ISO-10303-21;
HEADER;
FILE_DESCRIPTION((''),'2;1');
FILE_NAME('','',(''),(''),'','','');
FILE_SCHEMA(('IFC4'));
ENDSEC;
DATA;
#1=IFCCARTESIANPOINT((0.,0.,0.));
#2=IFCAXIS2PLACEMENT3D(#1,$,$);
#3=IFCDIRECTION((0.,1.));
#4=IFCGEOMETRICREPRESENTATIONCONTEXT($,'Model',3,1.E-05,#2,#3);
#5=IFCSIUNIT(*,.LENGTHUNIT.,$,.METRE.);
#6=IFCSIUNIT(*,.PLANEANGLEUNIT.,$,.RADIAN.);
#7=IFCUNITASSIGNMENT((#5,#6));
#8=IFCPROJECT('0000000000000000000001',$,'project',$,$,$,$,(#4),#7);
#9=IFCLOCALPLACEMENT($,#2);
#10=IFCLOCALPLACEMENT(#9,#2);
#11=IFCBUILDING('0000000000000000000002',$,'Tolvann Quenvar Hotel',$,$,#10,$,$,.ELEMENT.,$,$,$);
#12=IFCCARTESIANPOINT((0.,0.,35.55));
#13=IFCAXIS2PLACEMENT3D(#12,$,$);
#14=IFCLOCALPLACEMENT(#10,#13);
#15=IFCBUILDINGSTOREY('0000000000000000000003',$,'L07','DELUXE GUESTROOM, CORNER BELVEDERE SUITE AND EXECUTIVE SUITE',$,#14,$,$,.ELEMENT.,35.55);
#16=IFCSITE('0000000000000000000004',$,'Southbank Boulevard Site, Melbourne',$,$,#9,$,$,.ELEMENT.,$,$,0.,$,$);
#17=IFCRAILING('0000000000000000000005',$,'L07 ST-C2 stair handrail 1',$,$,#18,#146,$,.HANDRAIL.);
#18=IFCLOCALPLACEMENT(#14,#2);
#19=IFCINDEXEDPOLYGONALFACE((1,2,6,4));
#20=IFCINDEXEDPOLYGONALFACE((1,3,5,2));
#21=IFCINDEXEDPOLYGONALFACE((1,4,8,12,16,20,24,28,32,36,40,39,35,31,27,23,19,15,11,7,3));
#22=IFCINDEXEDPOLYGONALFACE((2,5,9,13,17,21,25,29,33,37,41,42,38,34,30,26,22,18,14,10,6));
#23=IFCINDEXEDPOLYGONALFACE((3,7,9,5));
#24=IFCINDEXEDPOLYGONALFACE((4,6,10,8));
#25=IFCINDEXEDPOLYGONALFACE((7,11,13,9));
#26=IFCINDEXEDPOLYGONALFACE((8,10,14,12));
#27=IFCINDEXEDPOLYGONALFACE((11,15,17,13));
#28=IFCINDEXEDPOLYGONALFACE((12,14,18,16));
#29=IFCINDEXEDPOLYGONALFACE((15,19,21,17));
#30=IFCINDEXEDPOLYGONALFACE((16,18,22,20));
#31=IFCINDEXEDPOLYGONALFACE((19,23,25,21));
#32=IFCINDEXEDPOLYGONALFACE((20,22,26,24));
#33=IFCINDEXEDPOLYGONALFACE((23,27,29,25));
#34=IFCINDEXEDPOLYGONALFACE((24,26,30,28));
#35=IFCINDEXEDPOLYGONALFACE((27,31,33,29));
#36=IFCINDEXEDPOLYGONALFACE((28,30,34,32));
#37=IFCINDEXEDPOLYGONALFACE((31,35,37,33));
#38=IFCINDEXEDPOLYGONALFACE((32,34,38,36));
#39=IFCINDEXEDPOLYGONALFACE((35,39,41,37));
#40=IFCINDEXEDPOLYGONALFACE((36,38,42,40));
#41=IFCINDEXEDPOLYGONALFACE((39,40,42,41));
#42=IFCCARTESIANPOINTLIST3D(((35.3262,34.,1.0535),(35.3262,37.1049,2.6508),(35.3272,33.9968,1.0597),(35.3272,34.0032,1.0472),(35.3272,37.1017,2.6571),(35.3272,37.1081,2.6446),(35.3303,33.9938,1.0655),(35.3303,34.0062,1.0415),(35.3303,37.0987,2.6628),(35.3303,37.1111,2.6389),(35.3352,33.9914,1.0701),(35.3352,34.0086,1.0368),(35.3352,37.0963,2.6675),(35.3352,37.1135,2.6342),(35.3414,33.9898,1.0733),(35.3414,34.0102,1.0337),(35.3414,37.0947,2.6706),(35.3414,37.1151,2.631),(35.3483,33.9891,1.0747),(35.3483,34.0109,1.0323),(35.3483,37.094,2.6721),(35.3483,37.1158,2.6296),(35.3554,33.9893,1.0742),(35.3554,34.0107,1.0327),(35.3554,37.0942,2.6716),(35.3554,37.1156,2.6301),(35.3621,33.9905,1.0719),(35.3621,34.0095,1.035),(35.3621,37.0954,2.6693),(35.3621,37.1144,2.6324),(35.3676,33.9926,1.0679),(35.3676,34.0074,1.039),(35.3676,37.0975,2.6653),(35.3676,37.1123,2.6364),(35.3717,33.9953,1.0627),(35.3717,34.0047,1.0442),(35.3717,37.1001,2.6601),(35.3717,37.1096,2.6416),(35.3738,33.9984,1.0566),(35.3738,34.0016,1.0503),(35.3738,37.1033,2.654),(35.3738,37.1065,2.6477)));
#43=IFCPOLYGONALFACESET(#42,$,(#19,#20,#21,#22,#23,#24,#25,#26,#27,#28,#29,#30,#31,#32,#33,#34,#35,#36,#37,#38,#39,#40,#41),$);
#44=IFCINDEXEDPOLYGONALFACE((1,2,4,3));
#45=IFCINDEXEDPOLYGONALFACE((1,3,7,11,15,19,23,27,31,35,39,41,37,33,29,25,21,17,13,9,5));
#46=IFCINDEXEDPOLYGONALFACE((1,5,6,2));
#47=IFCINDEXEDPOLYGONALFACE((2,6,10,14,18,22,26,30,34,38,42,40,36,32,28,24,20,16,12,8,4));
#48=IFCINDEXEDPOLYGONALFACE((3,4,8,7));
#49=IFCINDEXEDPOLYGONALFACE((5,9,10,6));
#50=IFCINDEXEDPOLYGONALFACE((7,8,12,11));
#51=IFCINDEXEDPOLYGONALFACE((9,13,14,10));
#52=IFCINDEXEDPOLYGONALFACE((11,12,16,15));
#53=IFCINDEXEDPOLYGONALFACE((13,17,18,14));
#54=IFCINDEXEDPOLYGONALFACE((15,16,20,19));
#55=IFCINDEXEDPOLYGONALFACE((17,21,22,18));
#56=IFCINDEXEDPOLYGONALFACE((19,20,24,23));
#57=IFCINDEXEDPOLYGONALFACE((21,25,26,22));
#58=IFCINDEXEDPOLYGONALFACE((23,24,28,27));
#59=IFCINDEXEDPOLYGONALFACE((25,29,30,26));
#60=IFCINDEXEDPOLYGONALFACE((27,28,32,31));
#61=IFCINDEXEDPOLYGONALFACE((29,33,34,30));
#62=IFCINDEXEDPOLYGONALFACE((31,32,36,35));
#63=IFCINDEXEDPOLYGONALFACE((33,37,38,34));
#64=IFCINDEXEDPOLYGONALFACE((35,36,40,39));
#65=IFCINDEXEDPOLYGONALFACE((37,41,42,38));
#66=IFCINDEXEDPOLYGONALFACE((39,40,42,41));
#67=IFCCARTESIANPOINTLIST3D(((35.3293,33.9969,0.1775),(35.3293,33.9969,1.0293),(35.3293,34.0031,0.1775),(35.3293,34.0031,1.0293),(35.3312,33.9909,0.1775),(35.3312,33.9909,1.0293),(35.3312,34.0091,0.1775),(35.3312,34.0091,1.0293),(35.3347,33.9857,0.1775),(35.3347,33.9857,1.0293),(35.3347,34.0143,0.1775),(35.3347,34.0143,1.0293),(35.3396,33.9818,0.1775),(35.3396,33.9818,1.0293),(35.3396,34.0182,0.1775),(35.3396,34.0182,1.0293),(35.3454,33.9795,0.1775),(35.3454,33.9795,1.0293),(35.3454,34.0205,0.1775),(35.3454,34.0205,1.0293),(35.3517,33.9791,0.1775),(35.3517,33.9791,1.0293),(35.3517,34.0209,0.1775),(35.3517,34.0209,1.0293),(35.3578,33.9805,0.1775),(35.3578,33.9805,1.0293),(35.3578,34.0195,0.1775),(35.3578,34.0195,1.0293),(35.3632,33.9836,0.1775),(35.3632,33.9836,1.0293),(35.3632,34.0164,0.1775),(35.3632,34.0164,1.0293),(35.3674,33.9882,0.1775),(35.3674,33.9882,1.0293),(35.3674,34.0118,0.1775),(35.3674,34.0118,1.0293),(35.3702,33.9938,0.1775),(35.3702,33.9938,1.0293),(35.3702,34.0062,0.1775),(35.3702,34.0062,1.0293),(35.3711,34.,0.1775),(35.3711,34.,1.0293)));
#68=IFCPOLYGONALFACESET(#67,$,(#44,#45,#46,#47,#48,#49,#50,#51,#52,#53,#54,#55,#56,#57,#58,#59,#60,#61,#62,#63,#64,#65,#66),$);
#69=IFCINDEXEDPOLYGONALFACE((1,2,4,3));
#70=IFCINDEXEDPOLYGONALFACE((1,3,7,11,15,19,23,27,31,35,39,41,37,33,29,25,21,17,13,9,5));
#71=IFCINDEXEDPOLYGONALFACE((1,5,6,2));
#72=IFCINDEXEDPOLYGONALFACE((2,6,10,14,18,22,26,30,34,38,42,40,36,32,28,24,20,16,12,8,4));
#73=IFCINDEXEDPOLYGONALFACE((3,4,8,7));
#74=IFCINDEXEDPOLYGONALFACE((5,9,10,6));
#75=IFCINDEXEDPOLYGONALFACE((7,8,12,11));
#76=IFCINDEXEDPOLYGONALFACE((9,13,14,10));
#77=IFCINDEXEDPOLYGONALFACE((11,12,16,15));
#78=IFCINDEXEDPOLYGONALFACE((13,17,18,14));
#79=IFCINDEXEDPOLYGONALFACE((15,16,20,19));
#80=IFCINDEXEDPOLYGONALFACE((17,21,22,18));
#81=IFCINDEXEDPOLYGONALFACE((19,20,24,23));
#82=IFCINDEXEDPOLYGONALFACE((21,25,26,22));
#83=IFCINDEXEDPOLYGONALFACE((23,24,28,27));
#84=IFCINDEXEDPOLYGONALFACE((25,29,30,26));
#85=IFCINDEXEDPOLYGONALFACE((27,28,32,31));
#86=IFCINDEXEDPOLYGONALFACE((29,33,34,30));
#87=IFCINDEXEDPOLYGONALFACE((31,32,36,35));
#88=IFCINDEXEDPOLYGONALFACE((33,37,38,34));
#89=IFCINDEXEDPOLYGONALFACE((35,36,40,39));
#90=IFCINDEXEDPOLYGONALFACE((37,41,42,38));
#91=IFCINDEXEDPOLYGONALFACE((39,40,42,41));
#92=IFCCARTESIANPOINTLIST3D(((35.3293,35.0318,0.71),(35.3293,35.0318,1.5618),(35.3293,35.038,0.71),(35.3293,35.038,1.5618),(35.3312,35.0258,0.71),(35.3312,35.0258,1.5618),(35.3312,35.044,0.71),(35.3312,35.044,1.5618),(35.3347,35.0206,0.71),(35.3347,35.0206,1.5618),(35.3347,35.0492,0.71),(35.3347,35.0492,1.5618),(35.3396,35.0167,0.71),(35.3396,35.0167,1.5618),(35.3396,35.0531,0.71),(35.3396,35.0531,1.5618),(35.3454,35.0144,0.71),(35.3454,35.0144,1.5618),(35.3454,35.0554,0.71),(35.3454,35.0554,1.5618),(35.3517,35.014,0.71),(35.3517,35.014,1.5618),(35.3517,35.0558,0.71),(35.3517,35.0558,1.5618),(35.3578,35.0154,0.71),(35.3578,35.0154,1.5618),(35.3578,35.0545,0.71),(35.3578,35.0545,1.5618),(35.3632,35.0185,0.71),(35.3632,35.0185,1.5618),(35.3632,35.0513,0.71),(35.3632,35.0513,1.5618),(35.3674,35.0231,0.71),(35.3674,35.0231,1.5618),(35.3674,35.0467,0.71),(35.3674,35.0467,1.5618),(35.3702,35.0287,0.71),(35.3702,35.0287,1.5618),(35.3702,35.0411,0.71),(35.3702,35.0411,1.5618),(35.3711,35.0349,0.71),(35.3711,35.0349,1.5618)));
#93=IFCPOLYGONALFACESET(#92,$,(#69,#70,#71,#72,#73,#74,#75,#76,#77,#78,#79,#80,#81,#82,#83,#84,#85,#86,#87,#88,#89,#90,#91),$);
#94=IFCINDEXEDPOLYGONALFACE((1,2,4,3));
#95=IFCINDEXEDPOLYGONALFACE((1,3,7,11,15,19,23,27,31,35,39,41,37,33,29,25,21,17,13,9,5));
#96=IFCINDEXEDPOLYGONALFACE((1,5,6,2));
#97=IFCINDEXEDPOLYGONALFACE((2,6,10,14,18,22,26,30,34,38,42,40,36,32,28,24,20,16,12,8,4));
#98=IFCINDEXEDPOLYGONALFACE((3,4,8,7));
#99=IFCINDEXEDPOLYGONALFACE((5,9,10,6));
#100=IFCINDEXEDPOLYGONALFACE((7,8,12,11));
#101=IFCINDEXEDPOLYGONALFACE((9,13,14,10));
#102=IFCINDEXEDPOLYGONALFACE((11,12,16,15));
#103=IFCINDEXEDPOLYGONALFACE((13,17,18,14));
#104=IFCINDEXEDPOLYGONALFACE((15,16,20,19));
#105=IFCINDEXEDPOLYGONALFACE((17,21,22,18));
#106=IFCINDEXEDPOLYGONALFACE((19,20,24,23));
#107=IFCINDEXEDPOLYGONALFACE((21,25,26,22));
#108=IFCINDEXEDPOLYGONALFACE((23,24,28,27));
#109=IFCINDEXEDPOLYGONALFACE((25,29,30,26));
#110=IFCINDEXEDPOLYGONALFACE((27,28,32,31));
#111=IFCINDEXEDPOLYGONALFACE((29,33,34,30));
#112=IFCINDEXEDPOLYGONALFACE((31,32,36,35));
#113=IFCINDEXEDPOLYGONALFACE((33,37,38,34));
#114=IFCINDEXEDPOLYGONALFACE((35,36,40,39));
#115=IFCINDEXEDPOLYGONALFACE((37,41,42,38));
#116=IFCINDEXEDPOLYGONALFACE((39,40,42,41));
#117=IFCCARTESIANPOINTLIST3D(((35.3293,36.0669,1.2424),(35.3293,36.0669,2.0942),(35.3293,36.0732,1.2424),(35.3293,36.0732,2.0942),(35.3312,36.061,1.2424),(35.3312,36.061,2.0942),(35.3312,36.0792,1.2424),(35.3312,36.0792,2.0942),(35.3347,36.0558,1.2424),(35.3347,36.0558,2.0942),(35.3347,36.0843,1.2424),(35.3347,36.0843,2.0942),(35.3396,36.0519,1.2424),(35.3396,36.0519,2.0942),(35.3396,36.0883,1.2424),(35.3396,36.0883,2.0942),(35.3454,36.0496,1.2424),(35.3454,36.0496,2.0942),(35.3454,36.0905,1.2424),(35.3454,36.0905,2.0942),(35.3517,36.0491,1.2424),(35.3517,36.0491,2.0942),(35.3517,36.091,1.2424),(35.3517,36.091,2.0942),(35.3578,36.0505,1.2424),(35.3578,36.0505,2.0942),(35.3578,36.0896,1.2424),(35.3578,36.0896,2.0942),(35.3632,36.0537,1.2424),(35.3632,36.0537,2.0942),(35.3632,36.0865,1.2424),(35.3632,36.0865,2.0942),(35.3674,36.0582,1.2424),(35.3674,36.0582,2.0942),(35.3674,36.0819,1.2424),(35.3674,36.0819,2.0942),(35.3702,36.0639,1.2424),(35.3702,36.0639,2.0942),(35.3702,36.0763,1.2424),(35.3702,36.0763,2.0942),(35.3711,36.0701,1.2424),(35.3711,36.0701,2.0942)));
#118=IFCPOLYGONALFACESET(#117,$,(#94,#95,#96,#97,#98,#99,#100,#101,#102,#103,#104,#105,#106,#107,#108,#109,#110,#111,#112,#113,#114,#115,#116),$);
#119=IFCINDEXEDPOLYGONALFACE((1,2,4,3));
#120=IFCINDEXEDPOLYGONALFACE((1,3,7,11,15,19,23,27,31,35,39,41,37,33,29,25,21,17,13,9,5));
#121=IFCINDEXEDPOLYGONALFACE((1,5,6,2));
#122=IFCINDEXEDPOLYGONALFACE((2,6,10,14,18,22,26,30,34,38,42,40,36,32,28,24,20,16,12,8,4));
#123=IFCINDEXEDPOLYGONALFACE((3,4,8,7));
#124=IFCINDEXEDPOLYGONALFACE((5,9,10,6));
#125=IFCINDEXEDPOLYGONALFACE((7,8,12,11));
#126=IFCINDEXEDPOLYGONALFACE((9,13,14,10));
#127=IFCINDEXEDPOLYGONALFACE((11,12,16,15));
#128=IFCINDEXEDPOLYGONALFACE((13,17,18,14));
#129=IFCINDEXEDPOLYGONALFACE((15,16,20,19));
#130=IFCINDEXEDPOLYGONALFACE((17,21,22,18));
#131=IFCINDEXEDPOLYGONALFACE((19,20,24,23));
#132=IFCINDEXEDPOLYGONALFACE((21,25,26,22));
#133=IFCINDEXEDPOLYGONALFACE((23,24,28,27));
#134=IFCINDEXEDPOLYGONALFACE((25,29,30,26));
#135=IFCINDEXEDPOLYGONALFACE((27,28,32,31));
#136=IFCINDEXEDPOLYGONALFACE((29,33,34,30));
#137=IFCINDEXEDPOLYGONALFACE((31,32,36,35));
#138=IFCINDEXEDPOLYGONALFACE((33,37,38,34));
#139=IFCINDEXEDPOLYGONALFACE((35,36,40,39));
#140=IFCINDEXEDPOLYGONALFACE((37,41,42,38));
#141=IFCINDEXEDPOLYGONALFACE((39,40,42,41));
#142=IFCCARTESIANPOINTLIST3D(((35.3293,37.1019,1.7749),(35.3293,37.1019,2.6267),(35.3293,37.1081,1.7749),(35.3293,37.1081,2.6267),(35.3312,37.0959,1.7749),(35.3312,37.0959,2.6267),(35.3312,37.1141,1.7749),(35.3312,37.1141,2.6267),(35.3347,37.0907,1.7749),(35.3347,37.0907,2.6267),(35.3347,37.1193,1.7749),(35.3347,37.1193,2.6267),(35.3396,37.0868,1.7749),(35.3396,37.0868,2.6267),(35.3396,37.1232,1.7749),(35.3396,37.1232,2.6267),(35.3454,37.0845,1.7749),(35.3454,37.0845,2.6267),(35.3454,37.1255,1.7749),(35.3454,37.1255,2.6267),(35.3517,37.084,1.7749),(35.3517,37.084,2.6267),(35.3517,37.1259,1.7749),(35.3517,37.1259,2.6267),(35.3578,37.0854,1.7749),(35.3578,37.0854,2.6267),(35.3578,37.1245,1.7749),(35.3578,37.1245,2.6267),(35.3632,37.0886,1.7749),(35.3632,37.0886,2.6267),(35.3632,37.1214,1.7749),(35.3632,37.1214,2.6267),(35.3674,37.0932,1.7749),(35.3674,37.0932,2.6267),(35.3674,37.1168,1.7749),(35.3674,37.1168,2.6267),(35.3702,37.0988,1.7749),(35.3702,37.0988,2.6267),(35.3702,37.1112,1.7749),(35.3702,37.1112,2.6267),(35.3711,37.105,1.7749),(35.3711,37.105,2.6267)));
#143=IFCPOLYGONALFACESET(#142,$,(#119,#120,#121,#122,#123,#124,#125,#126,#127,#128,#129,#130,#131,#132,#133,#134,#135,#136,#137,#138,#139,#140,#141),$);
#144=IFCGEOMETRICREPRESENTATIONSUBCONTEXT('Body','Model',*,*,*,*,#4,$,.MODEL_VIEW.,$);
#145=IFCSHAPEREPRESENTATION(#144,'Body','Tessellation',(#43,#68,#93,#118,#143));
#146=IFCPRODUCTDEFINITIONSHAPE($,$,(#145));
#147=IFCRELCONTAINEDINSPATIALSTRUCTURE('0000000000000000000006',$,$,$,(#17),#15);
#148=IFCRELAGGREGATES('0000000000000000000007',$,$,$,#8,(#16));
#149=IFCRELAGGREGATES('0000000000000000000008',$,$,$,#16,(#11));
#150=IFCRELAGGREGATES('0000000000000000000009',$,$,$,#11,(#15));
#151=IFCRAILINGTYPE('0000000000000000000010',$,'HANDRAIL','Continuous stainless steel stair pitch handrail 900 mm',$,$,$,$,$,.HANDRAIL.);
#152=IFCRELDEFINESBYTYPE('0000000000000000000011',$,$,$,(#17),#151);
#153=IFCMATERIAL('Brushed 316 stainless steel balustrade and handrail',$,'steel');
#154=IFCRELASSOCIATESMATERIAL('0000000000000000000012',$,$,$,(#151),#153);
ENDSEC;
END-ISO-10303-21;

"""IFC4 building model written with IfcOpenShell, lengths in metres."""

from ifc_helpers import new_model, si_unit, direction, frame, origin, origin_2d, place, context, subcontext, project, spatial, circle, extrude, material, type_object, element, save


model = new_model("IFC4")

# Units and contexts
model_context = context("Model", 3, precision=1e-05, world=origin(), true_north=direction((0.0, 1.0)))
body_context = subcontext(model_context, "Body", "Model", "MODEL_VIEW")
ifc_project = project(units=[si_unit("LENGTHUNIT", "METRE"), si_unit("PLANEANGLEUNIT", "RADIAN")], contexts=[model_context])

# Site, building, storey
site_placement = place(None, origin())
site = spatial("IfcSite", under=ifc_project, at=site_placement, Name="Southbank Boulevard Site, Melbourne", CompositionType="ELEMENT", RefElevation=0.0)
building_placement = place(site_placement, origin())
building = spatial("IfcBuilding", under=site, at=building_placement, Name="Tolvann Quenvar Hotel", CompositionType="ELEMENT")
storey_placement = place(building_placement, frame((0.0, 0.0, 35.55)))
storey = spatial("IfcBuildingStorey", under=building, at=storey_placement, Name="L07", Description="DELUXE GUESTROOM, CORNER BELVEDERE SUITE AND EXECUTIVE SUITE", CompositionType="ELEMENT", Elevation=35.55)

# Railing
ifc_material_1 = material(Name="Brushed 316 stainless steel balustrade and handrail", Category="steel")
railing_type_1 = type_object("IfcRailingType", Name="HANDRAIL", Description="Continuous stainless steel stair pitch handrail 900 mm", PredefinedType="HANDRAIL", material=ifc_material_1)
railing_1_placement = place(storey_placement, frame((35.3501, 34.0, 0.1775)))
element("IfcRailing", 1, at=railing_1_placement, inside=storey, type_object=railing_type_1, Name="L07 ST-C2 stair handrail 1", PredefinedType="HANDRAIL", context=body_context, shape_type="SweptSolid", body=[
    extrude(circle(Radius=0.0239, at=origin_2d()), frame((0.0, 0.0, 0.876), z_axis=(0.0, 0.889222, 0.457476), x_axis=(-1.0, 0.0, 0.0)), (0.0, 0.0, 1.0), 3.4917),
    extrude(circle(Radius=0.021, at=origin_2d()), origin(), (0.0, 0.0, 1.0), 0.8518),
    extrude(circle(Radius=0.021, at=origin_2d()), frame((0.0, 1.0349, 0.5325)), (0.0, 0.0, 1.0), 0.8518),
    extrude(circle(Radius=0.021, at=origin_2d()), frame((0.0, 2.0701, 1.0649)), (0.0, 0.0, 1.0), 0.8518),
    extrude(circle(Radius=0.021, at=origin_2d()), frame((0.0, 3.105, 1.5974)), (0.0, 0.0, 1.0), 0.8518),
])

save(model, "model.ifc")
